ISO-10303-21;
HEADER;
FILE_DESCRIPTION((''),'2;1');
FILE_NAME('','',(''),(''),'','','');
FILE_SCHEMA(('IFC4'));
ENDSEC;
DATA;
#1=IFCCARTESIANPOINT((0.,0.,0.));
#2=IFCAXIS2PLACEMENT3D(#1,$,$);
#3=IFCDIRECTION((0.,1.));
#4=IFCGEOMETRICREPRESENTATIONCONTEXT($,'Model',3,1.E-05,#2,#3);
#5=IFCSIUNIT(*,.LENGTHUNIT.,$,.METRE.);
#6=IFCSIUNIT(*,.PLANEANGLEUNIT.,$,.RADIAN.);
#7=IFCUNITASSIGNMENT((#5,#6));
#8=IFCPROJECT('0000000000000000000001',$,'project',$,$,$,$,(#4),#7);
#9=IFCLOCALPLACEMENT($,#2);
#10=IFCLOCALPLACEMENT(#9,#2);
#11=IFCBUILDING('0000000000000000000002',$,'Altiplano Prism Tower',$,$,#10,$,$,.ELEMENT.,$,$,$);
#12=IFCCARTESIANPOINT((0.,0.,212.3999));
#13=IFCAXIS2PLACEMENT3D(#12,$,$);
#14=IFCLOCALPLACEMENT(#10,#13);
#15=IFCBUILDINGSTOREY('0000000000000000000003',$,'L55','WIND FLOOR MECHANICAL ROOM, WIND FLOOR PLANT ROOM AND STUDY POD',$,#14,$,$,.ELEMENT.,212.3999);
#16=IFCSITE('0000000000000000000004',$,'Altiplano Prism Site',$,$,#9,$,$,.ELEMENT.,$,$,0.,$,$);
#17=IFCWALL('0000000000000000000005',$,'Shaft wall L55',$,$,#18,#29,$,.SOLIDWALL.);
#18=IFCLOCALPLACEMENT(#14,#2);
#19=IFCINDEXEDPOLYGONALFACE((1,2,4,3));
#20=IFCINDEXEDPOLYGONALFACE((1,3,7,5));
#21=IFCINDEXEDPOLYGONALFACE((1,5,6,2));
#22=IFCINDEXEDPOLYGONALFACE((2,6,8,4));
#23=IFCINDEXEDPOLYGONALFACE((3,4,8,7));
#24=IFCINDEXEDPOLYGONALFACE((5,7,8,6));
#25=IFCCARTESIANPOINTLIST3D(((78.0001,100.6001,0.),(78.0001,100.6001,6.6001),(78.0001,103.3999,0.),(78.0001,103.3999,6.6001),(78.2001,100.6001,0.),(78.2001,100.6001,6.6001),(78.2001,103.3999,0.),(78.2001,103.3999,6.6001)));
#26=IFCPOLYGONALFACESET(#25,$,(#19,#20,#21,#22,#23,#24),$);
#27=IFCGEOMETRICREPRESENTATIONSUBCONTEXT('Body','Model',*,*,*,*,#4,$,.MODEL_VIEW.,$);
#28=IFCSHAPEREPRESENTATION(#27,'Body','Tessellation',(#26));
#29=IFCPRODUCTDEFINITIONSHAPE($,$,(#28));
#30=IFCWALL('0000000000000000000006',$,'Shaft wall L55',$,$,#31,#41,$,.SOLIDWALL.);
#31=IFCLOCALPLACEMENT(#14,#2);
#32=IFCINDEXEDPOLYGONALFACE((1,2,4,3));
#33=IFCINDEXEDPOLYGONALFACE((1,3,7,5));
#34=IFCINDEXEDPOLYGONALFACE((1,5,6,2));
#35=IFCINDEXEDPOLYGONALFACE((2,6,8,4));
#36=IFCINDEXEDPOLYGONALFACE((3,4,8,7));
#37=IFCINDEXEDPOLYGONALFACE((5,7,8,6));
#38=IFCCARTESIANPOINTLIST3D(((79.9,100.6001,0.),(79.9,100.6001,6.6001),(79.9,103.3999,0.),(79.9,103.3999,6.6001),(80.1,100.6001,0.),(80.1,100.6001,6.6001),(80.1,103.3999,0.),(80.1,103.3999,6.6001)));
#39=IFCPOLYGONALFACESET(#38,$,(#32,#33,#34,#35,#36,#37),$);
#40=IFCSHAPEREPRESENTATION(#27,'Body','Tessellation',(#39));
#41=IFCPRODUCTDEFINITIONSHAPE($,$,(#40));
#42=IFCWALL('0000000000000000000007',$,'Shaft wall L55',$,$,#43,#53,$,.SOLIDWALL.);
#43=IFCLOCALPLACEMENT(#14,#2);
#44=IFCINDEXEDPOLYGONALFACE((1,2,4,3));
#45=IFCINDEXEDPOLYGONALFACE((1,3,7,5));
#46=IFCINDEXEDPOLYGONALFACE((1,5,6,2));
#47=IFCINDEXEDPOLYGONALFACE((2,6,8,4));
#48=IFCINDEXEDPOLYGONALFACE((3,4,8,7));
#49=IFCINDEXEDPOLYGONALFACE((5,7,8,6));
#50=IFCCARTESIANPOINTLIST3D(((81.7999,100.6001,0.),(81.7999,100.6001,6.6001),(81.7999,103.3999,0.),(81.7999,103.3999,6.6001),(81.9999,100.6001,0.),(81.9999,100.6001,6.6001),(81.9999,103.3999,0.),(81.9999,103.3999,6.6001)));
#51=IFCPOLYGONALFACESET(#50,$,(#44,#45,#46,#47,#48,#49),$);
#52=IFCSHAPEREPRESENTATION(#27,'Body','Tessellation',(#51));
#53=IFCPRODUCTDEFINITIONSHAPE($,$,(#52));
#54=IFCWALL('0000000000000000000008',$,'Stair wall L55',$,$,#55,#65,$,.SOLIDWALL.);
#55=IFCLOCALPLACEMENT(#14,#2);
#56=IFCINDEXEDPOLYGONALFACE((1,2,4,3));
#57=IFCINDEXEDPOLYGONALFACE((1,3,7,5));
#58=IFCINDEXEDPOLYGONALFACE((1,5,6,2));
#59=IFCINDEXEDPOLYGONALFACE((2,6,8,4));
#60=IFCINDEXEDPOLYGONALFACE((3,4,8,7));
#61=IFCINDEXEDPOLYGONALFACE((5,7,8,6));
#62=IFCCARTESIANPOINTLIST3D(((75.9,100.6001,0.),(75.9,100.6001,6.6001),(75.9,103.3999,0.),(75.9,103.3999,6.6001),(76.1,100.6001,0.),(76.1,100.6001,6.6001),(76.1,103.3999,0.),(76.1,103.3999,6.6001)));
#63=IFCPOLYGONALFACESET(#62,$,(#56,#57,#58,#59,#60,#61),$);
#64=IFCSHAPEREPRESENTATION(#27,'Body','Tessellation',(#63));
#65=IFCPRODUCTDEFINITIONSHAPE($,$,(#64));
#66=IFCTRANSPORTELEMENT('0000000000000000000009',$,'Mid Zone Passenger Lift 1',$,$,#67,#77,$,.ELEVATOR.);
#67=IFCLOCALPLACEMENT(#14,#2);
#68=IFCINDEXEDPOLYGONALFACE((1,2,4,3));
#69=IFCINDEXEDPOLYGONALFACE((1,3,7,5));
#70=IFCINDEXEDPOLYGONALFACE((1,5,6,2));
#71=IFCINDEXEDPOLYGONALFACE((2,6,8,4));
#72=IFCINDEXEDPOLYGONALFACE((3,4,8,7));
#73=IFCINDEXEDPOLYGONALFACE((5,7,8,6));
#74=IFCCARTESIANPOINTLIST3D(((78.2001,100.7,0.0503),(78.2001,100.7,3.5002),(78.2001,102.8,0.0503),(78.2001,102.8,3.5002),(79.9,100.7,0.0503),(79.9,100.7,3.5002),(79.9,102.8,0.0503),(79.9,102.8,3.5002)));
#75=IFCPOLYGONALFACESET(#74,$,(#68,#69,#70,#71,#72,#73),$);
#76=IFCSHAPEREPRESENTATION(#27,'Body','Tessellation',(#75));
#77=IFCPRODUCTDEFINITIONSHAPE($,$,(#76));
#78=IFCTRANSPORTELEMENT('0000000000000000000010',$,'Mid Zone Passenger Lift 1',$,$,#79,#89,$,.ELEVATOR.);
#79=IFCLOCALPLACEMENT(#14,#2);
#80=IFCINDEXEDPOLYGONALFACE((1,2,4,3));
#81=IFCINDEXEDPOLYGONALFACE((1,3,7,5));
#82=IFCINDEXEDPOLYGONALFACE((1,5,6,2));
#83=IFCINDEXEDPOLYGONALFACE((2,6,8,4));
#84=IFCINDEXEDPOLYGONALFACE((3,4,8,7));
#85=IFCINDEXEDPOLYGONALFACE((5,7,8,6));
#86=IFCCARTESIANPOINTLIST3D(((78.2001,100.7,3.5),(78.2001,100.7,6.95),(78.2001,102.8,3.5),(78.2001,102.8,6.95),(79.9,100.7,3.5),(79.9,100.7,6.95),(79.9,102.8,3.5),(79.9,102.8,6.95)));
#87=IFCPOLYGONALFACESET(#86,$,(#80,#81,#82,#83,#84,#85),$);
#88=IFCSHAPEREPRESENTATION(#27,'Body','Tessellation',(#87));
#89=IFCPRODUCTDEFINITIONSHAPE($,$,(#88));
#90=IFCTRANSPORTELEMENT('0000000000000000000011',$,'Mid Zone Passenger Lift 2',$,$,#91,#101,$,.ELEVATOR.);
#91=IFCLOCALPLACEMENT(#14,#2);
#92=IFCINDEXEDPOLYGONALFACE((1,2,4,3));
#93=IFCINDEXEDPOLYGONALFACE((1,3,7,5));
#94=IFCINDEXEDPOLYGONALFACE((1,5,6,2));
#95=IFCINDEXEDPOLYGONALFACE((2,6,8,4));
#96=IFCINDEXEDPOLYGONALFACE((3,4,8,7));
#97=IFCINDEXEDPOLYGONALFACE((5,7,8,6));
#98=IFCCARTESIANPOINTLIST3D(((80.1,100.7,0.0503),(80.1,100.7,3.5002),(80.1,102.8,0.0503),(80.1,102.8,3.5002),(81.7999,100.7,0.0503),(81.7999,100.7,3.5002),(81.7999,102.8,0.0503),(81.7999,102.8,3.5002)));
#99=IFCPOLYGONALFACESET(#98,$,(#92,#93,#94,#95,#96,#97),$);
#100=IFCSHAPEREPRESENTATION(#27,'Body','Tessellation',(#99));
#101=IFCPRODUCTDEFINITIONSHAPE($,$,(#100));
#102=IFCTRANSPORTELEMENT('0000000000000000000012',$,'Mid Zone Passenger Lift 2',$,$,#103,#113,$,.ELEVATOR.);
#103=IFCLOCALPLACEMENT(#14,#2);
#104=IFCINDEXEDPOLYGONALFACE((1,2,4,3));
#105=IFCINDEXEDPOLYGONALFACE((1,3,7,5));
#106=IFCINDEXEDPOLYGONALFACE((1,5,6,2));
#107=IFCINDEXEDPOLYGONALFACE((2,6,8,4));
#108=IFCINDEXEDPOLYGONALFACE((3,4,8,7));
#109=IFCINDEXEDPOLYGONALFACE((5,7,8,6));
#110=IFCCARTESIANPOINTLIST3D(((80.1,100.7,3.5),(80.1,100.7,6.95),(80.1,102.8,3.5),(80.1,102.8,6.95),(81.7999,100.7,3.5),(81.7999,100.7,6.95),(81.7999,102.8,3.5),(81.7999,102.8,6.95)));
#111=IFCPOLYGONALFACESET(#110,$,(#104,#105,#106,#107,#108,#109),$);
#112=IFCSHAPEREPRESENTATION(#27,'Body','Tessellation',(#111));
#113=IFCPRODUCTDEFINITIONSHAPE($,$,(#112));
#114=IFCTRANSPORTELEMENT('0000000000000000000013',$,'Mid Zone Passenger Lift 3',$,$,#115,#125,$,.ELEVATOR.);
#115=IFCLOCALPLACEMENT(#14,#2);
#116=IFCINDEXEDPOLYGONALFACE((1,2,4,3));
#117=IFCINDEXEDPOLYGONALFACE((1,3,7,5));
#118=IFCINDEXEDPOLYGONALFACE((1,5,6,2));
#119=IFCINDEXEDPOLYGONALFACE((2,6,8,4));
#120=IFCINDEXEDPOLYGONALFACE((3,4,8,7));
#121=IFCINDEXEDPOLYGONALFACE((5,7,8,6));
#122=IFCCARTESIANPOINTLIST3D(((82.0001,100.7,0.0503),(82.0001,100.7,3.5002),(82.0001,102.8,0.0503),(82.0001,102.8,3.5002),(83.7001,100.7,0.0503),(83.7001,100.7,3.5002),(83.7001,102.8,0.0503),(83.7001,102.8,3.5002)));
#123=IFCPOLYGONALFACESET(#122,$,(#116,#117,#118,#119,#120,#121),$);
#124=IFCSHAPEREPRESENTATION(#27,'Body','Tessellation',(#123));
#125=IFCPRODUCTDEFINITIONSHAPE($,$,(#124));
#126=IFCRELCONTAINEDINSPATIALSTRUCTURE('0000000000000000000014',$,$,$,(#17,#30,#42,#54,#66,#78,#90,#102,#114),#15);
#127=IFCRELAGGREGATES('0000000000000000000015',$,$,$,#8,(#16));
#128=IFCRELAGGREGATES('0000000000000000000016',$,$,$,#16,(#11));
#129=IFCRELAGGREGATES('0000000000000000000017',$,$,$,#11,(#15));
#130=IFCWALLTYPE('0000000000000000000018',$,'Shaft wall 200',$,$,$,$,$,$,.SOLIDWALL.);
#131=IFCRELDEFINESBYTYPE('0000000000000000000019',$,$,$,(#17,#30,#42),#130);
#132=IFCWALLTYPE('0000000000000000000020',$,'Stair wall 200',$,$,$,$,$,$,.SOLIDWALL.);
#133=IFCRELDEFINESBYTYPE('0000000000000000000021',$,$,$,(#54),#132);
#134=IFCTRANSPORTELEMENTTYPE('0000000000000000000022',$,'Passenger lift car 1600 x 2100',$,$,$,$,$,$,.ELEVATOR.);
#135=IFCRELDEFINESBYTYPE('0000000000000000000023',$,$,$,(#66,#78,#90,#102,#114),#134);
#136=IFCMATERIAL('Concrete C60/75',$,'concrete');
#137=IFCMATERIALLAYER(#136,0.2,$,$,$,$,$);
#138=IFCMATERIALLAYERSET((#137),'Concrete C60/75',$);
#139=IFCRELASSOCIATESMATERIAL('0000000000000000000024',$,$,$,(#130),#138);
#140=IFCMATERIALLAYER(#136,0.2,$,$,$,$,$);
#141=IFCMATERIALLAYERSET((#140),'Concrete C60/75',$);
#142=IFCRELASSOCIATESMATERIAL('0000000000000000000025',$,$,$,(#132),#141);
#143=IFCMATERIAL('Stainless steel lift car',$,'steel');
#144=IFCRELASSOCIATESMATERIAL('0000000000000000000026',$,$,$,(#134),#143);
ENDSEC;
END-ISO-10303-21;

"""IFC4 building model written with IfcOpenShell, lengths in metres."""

from ifc_helpers import new_model, si_unit, direction, frame, frame_2d, origin, origin_2d, place, context, subcontext, project, spatial, rectangle, extrude, material, layer, layer_set, type_object, element, save


model = new_model("IFC4")

# Units and contexts
model_context = context("Model", 3, precision=1e-05, world=origin(), true_north=direction((0.0, 1.0)))
body_context = subcontext(model_context, "Body", "Model", "MODEL_VIEW")
ifc_project = project(units=[si_unit("LENGTHUNIT", "METRE"), si_unit("PLANEANGLEUNIT", "RADIAN")], contexts=[model_context])

# Site, building, storey
site_placement = place(None, origin())
site = spatial("IfcSite", under=ifc_project, at=site_placement, Name="Altiplano Prism Site", CompositionType="ELEMENT", RefElevation=0.0)
building_placement = place(site_placement, origin())
building = spatial("IfcBuilding", under=site, at=building_placement, Name="Altiplano Prism Tower", CompositionType="ELEMENT")
storey_placement = place(building_placement, frame((0.0, 0.0, 212.3999)))
storey = spatial("IfcBuildingStorey", under=building, at=storey_placement, Name="L55", Description="WIND FLOOR MECHANICAL ROOM, WIND FLOOR PLANT ROOM AND STUDY POD", CompositionType="ELEMENT", Elevation=212.3999)

# Walls
ifc_material_1 = material(Name="Concrete C60/75", Category="concrete")
ifc_layer_1 = layer(ifc_material_1, 0.2)
ifc_layer_set_1 = layer_set([ifc_layer_1], Name="Concrete C60/75")
wall_type_1 = type_object("IfcWallType", Name="Shaft wall 200", PredefinedType="SOLIDWALL", material=ifc_layer_set_1)
for number, where, z_axis, x_axis, name in (
    (1, (78.1001, 100.6001, 0.0), (0.0, 0.0, 1.0), (0.0, 1.0, 0.0), "Shaft wall L55"),
    (2, (80.0, 100.6001, 0.0), (0.0, 0.0, 1.0), (0.0, 1.0, 0.0), "Shaft wall L55"),
    (3, (81.8999, 100.6001, 0.0), (0.0, 0.0, 1.0), (0.0, 1.0, 0.0), "Shaft wall L55"),
):
    element("IfcWall", number, at=place(storey_placement, frame(where, z_axis=z_axis, x_axis=x_axis)), inside=storey, type_object=wall_type_1, Name=name, PredefinedType="SOLIDWALL", context=body_context, shape_type="SweptSolid", body=[
        extrude(rectangle(XDim=2.7998, YDim=0.2, at=frame_2d((1.3999, 0.0))), origin(), (0.0, 0.0, 1.0), 6.6001),
    ])

# Shared definitions
ifc_layer_2 = layer(ifc_material_1, 0.2)
ifc_layer_set_2 = layer_set([ifc_layer_2], Name="Concrete C60/75")
wall_type_2 = type_object("IfcWallType", Name="Stair wall 200", PredefinedType="SOLIDWALL", material=ifc_layer_set_2)

# Wall
wall_1_placement = place(storey_placement, frame((76.0, 100.6001, 0.0), z_axis=(0.0, 0.0, 1.0), x_axis=(0.0, 1.0, 0.0)))
element("IfcWall", 4, at=wall_1_placement, inside=storey, type_object=wall_type_2, Name="Stair wall L55", PredefinedType="SOLIDWALL", context=body_context, shape_type="SweptSolid", body=[
    extrude(rectangle(XDim=2.7998, YDim=0.2, at=frame_2d((1.3999, 0.0))), origin(), (0.0, 0.0, 1.0), 6.6001),
])

# Transport elements
ifc_material_2 = material(Name="Stainless steel lift car", Category="steel")
transport_element_type = type_object("IfcTransportElementType", Name="Passenger lift car 1600 x 2100", PredefinedType="ELEVATOR", material=ifc_material_2)
for number, where, z_axis, x_axis, name in (
    (5, (79.05, 101.75, 0.0503), (0.0, 0.0, 1.0), (1.0, 0.0, 0.0), "Mid Zone Passenger Lift 1"),
    (6, (79.05, 101.75, 3.5), (0.0, 0.0, 1.0), (1.0, 0.0, 0.0), "Mid Zone Passenger Lift 1"),
    (7, (80.95, 101.75, 0.0503), (0.0, 0.0, 1.0), (1.0, 0.0, 0.0), "Mid Zone Passenger Lift 2"),
    (8, (80.95, 101.75, 3.5), (0.0, 0.0, 1.0), (1.0, 0.0, 0.0), "Mid Zone Passenger Lift 2"),
    (9, (82.8501, 101.75, 0.0503), (0.0, 0.0, 1.0), (1.0, 0.0, 0.0), "Mid Zone Passenger Lift 3"),
):
    element("IfcTransportElement", number, at=place(storey_placement, frame(where, z_axis=z_axis, x_axis=x_axis)), inside=storey, type_object=transport_element_type, Name=name, PredefinedType="ELEVATOR", context=body_context, shape_type="SweptSolid", body=[
        extrude(rectangle(XDim=1.7, YDim=2.1001, at=origin_2d()), origin(), (0.0, 0.0, 1.0), 3.45),
    ])

save(model, "model.ifc")
